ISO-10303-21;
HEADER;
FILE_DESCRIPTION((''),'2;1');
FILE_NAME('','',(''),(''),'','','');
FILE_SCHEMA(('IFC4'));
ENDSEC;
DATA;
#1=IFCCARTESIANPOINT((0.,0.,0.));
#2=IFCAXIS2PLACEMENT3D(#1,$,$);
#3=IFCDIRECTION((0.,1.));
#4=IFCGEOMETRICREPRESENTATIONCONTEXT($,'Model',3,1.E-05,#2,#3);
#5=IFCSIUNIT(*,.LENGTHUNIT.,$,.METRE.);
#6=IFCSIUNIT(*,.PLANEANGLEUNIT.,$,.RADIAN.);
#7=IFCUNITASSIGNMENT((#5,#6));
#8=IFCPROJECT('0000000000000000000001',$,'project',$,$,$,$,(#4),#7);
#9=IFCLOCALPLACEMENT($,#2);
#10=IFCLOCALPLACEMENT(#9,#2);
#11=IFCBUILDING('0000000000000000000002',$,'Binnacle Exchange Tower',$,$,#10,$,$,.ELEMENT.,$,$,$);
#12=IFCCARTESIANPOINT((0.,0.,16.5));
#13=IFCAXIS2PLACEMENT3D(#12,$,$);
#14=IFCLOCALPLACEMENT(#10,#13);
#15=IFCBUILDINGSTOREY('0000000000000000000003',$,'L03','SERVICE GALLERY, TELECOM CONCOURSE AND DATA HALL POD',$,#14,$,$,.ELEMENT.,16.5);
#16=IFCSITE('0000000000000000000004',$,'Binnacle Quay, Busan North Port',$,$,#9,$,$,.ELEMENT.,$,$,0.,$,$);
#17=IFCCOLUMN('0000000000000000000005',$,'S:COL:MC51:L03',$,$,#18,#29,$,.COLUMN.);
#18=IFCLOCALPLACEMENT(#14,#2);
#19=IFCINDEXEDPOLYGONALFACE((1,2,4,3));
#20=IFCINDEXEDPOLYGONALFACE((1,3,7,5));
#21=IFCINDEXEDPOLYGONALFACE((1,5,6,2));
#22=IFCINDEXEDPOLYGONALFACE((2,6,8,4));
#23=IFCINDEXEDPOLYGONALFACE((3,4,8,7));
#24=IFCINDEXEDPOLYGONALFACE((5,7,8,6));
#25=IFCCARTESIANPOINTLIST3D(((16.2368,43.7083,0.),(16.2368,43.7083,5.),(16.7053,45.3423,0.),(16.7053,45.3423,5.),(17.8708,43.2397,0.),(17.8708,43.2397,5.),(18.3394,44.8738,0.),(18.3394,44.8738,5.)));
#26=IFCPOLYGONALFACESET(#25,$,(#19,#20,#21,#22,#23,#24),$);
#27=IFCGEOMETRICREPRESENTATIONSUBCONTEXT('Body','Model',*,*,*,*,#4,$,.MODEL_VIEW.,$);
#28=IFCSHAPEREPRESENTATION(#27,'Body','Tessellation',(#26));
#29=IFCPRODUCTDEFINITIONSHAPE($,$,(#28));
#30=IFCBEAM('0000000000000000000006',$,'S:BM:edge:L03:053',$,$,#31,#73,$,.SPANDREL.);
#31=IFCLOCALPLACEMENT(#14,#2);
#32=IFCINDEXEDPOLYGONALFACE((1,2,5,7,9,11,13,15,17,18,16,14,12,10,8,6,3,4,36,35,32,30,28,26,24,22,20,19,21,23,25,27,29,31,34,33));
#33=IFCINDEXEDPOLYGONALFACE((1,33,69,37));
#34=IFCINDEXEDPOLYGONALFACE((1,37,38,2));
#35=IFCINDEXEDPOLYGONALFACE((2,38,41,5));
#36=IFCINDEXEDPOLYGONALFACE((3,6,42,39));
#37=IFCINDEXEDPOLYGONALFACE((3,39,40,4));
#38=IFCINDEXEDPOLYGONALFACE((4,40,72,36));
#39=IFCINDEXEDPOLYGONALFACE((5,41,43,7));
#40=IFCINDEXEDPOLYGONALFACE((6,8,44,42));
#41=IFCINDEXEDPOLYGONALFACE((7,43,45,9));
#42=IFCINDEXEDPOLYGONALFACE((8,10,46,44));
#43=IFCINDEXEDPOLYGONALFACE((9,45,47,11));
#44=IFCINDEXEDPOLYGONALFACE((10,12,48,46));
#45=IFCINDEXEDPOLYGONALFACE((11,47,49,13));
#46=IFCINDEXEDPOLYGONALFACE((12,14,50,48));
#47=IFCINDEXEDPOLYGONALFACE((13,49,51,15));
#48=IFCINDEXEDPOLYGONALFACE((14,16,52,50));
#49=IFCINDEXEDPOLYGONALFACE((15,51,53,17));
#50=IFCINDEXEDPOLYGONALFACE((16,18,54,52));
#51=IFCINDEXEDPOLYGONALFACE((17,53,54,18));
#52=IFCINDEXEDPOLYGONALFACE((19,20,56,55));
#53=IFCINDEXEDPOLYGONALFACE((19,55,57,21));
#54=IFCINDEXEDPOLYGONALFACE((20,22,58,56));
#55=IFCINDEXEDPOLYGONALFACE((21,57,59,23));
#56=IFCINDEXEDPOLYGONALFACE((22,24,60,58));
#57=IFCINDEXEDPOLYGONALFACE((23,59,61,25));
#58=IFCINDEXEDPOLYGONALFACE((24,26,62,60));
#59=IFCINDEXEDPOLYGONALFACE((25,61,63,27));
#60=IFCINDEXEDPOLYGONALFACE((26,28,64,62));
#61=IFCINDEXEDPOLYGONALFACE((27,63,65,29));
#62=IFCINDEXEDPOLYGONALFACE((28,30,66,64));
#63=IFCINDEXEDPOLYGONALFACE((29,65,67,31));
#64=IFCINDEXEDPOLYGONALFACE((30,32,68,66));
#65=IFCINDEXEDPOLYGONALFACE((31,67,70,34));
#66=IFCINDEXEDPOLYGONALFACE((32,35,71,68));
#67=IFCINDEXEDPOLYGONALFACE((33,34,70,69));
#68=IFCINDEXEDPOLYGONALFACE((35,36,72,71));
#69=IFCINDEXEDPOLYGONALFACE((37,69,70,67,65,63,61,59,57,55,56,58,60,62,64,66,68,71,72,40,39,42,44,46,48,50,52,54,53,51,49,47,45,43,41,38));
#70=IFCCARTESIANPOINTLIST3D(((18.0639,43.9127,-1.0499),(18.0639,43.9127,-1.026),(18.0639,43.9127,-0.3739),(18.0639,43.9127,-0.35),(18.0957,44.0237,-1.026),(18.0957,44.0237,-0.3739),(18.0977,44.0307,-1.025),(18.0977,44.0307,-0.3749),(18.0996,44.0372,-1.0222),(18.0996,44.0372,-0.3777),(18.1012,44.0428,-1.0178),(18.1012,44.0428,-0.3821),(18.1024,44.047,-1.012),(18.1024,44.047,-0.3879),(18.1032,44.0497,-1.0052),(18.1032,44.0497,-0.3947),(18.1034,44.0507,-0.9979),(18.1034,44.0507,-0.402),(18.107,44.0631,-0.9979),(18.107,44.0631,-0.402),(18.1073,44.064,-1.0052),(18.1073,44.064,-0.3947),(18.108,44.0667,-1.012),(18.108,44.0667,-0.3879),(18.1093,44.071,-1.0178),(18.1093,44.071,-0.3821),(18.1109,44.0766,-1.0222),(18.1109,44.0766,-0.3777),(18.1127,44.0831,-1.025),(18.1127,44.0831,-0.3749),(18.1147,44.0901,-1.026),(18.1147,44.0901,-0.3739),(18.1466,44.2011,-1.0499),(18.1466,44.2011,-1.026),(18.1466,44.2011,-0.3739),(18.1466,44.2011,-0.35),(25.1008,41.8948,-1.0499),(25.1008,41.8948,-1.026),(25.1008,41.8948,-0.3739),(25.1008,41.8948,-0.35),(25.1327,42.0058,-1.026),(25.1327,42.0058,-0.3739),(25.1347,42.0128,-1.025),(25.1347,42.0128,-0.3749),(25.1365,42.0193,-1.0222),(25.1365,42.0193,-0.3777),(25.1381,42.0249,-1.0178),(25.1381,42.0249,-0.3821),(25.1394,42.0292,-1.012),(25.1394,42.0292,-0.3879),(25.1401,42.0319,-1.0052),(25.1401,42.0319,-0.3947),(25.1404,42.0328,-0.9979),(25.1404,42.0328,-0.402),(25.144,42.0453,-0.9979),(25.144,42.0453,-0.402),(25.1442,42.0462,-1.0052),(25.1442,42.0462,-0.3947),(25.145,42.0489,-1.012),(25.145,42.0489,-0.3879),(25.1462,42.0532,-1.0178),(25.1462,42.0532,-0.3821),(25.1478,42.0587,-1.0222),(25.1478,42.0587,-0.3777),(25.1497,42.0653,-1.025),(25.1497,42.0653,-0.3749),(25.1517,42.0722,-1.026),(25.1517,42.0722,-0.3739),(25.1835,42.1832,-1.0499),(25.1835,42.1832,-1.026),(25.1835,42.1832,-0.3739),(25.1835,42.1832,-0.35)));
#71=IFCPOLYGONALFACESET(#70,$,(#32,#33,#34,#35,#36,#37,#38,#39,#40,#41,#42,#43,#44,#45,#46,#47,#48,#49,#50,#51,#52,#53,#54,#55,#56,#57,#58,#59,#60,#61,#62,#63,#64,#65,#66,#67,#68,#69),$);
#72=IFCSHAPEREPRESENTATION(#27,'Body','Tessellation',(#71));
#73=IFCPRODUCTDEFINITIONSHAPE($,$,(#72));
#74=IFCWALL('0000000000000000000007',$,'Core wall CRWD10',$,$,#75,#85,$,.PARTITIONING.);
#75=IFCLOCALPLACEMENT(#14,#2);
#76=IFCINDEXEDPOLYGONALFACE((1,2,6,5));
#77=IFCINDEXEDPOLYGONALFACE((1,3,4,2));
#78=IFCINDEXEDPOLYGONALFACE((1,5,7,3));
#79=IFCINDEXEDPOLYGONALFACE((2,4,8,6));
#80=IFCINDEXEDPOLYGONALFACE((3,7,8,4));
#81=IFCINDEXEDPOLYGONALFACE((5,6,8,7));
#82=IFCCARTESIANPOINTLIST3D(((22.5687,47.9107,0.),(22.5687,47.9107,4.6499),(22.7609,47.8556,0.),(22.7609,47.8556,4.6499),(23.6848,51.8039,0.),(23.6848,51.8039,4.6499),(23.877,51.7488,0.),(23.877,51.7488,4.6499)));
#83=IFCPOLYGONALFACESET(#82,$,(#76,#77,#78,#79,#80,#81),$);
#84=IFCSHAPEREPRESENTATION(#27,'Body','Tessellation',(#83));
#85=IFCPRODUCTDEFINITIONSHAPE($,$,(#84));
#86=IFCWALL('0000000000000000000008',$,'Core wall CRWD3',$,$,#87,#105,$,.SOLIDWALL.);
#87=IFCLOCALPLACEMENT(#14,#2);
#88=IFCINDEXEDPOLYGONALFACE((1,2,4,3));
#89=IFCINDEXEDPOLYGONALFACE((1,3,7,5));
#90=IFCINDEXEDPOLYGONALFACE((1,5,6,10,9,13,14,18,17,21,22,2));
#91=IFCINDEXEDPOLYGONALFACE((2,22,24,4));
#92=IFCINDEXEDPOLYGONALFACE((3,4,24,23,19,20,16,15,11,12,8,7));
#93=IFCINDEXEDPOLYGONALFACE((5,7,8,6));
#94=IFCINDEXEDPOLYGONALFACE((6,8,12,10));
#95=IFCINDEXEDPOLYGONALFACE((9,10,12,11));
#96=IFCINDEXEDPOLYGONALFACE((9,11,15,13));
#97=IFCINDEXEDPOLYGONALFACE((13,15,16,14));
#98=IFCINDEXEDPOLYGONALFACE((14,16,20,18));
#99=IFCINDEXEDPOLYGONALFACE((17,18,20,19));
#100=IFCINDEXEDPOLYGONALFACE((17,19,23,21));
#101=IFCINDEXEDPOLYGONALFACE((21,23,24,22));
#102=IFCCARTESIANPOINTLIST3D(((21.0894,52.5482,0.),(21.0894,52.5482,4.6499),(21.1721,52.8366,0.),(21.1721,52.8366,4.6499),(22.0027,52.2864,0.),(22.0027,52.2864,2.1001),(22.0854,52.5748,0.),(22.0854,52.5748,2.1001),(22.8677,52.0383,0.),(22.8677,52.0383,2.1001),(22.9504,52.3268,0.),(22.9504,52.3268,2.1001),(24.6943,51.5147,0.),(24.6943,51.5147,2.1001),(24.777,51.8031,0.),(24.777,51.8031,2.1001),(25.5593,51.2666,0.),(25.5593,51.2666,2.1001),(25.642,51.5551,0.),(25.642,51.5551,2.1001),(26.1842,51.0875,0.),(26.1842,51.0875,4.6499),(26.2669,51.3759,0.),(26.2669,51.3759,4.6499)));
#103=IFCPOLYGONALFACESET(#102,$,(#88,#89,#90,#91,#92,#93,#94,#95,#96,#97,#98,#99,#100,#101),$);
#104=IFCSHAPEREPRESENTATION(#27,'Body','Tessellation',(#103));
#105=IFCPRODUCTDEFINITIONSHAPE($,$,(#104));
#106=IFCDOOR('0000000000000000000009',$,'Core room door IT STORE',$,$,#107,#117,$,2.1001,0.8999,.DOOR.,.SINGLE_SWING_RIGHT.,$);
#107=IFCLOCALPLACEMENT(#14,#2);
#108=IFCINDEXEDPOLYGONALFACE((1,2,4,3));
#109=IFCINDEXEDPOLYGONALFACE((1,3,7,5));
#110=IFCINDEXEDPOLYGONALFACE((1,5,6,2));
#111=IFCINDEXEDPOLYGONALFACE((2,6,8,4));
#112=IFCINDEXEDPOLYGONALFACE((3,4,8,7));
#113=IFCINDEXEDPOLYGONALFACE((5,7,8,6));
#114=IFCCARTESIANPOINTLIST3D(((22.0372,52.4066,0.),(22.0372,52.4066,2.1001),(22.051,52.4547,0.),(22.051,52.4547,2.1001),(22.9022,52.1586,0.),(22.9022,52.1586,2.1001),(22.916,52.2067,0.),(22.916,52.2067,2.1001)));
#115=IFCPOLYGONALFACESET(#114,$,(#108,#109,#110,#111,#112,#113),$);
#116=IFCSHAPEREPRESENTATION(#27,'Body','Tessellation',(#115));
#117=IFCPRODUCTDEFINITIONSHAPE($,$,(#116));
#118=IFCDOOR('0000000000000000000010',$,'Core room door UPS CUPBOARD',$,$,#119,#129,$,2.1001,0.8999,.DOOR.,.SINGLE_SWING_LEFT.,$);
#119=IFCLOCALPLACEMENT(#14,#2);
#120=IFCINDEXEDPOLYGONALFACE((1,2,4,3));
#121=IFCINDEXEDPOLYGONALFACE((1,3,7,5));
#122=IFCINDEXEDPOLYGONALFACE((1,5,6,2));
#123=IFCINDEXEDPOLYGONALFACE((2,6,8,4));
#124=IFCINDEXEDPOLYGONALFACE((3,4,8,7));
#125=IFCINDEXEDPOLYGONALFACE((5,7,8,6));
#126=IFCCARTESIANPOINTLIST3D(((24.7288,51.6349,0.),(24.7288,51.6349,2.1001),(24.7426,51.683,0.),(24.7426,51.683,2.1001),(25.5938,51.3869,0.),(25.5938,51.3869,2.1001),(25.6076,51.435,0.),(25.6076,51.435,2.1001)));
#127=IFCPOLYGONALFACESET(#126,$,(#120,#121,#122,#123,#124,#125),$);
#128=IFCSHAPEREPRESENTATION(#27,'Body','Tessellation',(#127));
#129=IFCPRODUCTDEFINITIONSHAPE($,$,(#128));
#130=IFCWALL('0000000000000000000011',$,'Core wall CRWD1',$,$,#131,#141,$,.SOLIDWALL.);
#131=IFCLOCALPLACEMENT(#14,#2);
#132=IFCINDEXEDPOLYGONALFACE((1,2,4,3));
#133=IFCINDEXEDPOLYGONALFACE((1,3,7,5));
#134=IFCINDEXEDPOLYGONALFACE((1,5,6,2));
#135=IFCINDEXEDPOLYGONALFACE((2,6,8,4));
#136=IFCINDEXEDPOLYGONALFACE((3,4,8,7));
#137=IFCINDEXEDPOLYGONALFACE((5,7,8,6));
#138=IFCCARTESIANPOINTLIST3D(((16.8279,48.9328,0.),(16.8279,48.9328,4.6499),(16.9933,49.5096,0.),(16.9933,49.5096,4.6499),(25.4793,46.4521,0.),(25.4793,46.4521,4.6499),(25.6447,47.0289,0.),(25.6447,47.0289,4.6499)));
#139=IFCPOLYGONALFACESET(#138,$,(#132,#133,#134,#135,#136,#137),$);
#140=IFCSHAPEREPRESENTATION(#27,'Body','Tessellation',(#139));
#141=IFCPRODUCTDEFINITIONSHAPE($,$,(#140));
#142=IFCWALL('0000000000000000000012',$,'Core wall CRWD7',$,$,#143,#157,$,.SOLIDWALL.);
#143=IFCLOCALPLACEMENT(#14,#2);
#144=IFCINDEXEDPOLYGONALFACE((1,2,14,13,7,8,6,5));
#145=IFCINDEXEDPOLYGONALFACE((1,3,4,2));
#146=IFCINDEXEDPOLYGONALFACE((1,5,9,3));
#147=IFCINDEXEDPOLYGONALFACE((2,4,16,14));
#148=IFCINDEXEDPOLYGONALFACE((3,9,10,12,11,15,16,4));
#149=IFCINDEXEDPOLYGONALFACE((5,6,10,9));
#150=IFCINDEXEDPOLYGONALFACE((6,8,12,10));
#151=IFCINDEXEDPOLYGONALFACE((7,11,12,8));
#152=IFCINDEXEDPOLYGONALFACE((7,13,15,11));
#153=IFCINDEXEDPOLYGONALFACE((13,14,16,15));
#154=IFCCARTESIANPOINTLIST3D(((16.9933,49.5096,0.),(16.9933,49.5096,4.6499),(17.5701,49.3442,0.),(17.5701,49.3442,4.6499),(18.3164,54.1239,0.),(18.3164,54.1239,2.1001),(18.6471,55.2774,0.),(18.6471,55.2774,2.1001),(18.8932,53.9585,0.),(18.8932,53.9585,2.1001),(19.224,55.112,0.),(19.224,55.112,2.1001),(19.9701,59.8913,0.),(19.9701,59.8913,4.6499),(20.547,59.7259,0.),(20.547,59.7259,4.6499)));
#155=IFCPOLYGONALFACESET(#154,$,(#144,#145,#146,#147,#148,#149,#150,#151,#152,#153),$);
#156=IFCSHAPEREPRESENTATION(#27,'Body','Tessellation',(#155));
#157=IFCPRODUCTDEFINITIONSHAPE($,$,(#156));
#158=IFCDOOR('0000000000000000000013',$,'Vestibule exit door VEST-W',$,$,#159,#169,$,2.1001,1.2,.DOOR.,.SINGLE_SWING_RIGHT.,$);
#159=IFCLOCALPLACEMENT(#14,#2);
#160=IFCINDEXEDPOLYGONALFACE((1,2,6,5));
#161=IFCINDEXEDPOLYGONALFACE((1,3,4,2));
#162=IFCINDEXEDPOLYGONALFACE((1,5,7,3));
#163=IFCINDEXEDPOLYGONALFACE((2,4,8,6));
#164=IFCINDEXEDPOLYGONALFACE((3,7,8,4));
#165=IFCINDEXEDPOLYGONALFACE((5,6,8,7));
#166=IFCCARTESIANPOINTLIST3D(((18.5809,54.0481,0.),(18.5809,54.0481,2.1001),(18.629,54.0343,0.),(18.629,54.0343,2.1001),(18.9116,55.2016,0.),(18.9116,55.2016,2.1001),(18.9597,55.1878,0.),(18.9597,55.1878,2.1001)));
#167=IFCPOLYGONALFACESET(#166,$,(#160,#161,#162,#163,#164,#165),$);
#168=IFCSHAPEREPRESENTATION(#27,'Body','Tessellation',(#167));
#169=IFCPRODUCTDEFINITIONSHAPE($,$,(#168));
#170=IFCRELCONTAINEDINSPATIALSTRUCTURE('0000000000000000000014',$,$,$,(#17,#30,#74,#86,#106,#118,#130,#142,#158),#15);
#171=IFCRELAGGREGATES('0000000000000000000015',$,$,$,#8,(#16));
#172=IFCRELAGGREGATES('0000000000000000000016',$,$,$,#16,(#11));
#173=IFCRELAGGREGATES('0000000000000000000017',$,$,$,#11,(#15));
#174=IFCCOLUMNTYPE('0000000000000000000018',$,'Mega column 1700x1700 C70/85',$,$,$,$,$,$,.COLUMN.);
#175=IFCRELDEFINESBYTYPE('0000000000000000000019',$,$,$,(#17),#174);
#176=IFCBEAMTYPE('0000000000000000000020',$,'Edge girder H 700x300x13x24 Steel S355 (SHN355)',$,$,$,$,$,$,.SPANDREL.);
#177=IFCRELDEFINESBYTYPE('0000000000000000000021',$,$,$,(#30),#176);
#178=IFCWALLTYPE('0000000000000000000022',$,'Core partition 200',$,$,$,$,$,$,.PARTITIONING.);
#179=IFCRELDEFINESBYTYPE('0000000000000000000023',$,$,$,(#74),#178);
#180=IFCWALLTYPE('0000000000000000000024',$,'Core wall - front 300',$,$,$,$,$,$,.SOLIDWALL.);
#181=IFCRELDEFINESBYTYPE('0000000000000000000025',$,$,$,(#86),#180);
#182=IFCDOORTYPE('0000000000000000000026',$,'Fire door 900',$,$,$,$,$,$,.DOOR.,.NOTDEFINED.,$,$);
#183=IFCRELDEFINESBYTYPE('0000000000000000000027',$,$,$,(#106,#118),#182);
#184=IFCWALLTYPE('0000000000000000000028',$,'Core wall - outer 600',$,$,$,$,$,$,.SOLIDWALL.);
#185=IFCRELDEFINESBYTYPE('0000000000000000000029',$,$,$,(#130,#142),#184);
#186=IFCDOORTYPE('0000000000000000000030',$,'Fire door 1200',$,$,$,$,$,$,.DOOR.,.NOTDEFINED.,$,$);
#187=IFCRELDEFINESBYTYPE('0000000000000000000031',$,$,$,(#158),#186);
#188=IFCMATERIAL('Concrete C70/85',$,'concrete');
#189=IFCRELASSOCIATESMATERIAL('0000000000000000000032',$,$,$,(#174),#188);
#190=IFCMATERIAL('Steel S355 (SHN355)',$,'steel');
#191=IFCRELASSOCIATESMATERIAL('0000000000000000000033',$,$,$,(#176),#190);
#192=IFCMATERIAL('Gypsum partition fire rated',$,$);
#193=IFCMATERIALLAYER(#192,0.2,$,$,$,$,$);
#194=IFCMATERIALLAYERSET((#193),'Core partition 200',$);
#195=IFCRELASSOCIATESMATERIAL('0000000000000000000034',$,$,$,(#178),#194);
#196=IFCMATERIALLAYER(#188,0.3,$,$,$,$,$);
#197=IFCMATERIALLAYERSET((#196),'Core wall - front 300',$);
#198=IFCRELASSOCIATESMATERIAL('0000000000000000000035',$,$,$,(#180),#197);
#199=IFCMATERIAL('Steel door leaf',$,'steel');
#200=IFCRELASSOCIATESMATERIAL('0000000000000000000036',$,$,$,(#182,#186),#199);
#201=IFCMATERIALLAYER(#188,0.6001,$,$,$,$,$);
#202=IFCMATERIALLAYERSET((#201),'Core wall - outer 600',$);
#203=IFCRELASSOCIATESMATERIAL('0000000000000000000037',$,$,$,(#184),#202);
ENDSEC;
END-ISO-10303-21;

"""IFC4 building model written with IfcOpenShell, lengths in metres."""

from ifc_helpers import new_model, si_unit, direction, frame, frame_2d, origin, origin_2d, place, context, subcontext, project, spatial, rectangle, i_section, extrude, material, layer, layer_set, material_profile, profile_set, type_object, element, fill, save


model = new_model("IFC4")

# Units and contexts
model_context = context("Model", 3, precision=1e-05, world=origin(), true_north=direction((0.0, 1.0)))
body_context = subcontext(model_context, "Body", "Model", "MODEL_VIEW")
ifc_project = project(units=[si_unit("LENGTHUNIT", "METRE"), si_unit("PLANEANGLEUNIT", "RADIAN")], contexts=[model_context])

# Site, building, storey
site_placement = place(None, origin())
site = spatial("IfcSite", under=ifc_project, at=site_placement, Name="Binnacle Quay, Busan North Port", CompositionType="ELEMENT", RefElevation=0.0)
building_placement = place(site_placement, origin())
building = spatial("IfcBuilding", under=site, at=building_placement, Name="Binnacle Exchange Tower", CompositionType="ELEMENT")
storey_placement = place(building_placement, frame((0.0, 0.0, 16.5)))
storey = spatial("IfcBuildingStorey", under=building, at=storey_placement, Name="L03", Description="SERVICE GALLERY, TELECOM CONCOURSE AND DATA HALL POD", CompositionType="ELEMENT", Elevation=16.5)

# Column
ifc_material_1 = material(Name="Concrete C70/85", Category="concrete")
ifc_material_profile_1 = material_profile(ifc_material_1, rectangle(XDim=1.7, YDim=1.7, at=origin_2d()), Name="Mega column 1700x1700 C70/85")
ifc_profile_set_1 = profile_set([ifc_material_profile_1], Name="Concrete C70/85")
column_type = type_object("IfcColumnType", Name="Mega column 1700x1700 C70/85", PredefinedType="COLUMN", material=ifc_profile_set_1)
column_placement = place(storey_placement, frame((17.2881, 44.291, 0.0), z_axis=(0.0, 0.0, 1.0), x_axis=(0.961262, -0.275637, 0.0)))
element("IfcColumn", 1, at=column_placement, inside=storey, type_object=column_type, Name="S:COL:MC51:L03", PredefinedType="COLUMN", context=body_context, shape_type="SweptSolid", body=[
    extrude(rectangle(XDim=1.7, YDim=1.7, at=origin_2d()), origin(), (0.0, 0.0, 1.0), 5.0),
])

# Beam
ifc_material_2 = material(Name="Steel S355 (SHN355)", Category="steel")
ifc_material_profile_2 = material_profile(ifc_material_2, i_section(OverallWidth=0.3, OverallDepth=0.7, WebThickness=0.0129, FlangeThickness=0.0239, FilletRadius=0.0281, at=origin_2d()), Name="H 700x300x13x24")
ifc_profile_set_2 = profile_set([ifc_material_profile_2], Name="Steel S355 (SHN355)")
beam_type = type_object("IfcBeamType", Name="Edge girder H 700x300x13x24 Steel S355 (SHN355)", PredefinedType="SPANDREL", material=ifc_profile_set_2)
beam_placement = place(storey_placement, frame((18.1052, 44.0569, -0.7), z_axis=(0.96126, -0.275642, 0.0), x_axis=(0.275642, 0.96126, 0.0)))
element("IfcBeam", 2, at=beam_placement, inside=storey, type_object=beam_type, Name="S:BM:edge:L03:053", PredefinedType="SPANDREL", context=body_context, shape_type="SweptSolid", body=[
    extrude(i_section(OverallWidth=0.3, OverallDepth=0.7, WebThickness=0.0129, FlangeThickness=0.0239, FilletRadius=0.0281, at=origin_2d()), origin(), (0.0, 0.0, 1.0), 7.3206),
])

# Wall
ifc_material_3 = material(Name="Gypsum partition fire rated")
ifc_layer_1 = layer(ifc_material_3, 0.2)
ifc_layer_set_1 = layer_set([ifc_layer_1], Name="Core partition 200")
wall_type_1 = type_object("IfcWallType", Name="Core partition 200", PredefinedType="PARTITIONING", material=ifc_layer_set_1)
wall_1_placement = place(storey_placement, frame((22.6648, 47.8833, 0.0), z_axis=(0.0, 0.0, 1.0), x_axis=(0.275597, 0.961273, 0.0)))
element("IfcWall", 3, at=wall_1_placement, inside=storey, type_object=wall_type_1, Name="Core wall CRWD10", PredefinedType="PARTITIONING", context=body_context, shape_type="SweptSolid", body=[
    extrude(rectangle(XDim=4.05, YDim=0.2, at=frame_2d((2.0249, 0.0))), origin(), (0.0, 0.0, 1.0), 4.6499),
])

# Wall, openings, doors
ifc_layer_2 = layer(ifc_material_1, 0.3)
ifc_layer_set_2 = layer_set([ifc_layer_2], Name="Core wall - front 300")
wall_type_2 = type_object("IfcWallType", Name="Core wall - front 300", PredefinedType="SOLIDWALL", material=ifc_layer_set_2)
wall_2_placement = place(storey_placement, frame((21.1309, 52.6924, 0.0), z_axis=(0.0, 0.0, 1.0), x_axis=(0.961271, -0.275603, 0.0)))
wall_2 = element("IfcWall", 4, at=wall_2_placement, inside=storey, type_object=wall_type_2, Name="Core wall CRWD3", PredefinedType="SOLIDWALL", context=body_context, shape_type="SweptSolid", body=[
    extrude(rectangle(XDim=5.3, YDim=0.3, at=frame_2d((2.6499, 0.0))), origin(), (0.0, 0.0, 1.0), 4.6499),
])
opening_1_placement = place(wall_2_placement, frame((0.95, 0.0, 0.0)))
opening_1 = element("IfcOpeningElement", 5, at=opening_1_placement, cuts=wall_2, PredefinedType="OPENING", context=body_context, shape_type="SweptSolid", body=[
    extrude(rectangle(XDim=0.8999, YDim=2.1001, at=frame_2d((0.45, 1.05))), frame((0.0, 0.1599, 0.0), z_axis=(0.0, -1.0, 0.0), x_axis=(1.0, 0.0, 0.0)), (0.0, 0.0, 1.0), 0.3201),
])
opening_2_placement = place(wall_2_placement, frame((3.75, 0.0, 0.0)))
opening_2 = element("IfcOpeningElement", 6, at=opening_2_placement, cuts=wall_2, PredefinedType="OPENING", context=body_context, shape_type="SweptSolid", body=[
    extrude(rectangle(XDim=0.8999, YDim=2.1001, at=frame_2d((0.45, 1.05))), frame((0.0, 0.1599, 0.0), z_axis=(0.0, -1.0, 0.0), x_axis=(1.0, 0.0, 0.0)), (0.0, 0.0, 1.0), 0.3201),
])
ifc_material_4 = material(Name="Steel door leaf", Category="steel")
door_type_1 = type_object("IfcDoorType", Name="Fire door 900", OperationType="NOTDEFINED", PredefinedType="DOOR", material=ifc_material_4)
door_1_placement = place(opening_1_placement, frame((0.8999, 0.0, 0.0), z_axis=(0.0, 0.0, 1.0), x_axis=(-1.0, 0.0, 0.0)))
door_1 = element("IfcDoor", 7, at=door_1_placement, inside=storey, type_object=door_type_1, Name="Core room door IT STORE", OperationType="SINGLE_SWING_RIGHT", OverallHeight=2.1001, OverallWidth=0.8999, PredefinedType="DOOR", context=body_context, shape_type="SweptSolid", body=[
    extrude(rectangle(XDim=0.8999, YDim=2.1001, at=frame_2d((0.45, 1.05))), frame((0.0, 0.0249, 0.0), z_axis=(0.0, -1.0, 0.0), x_axis=(1.0, 0.0, 0.0)), (0.0, 0.0, 1.0), 0.05),
])
fill(opening_1, door_1)
door_2_placement = place(opening_2_placement, frame((0.8999, 0.0, 0.0), z_axis=(0.0, 0.0, 1.0), x_axis=(-1.0, 0.0, 0.0)))
door_2 = element("IfcDoor", 8, at=door_2_placement, inside=storey, type_object=door_type_1, Name="Core room door UPS CUPBOARD", OperationType="SINGLE_SWING_LEFT", OverallHeight=2.1001, OverallWidth=0.8999, PredefinedType="DOOR", context=body_context, shape_type="SweptSolid", body=[
    extrude(rectangle(XDim=0.8999, YDim=2.1001, at=frame_2d((0.45, 1.05))), frame((0.0, 0.0249, 0.0), z_axis=(0.0, -1.0, 0.0), x_axis=(1.0, 0.0, 0.0)), (0.0, 0.0, 1.0), 0.05),
])
fill(opening_2, door_2)

# Wall
ifc_layer_3 = layer(ifc_material_1, 0.6001)
ifc_layer_set_3 = layer_set([ifc_layer_3], Name="Core wall - outer 600")
wall_type_3 = type_object("IfcWallType", Name="Core wall - outer 600", PredefinedType="SOLIDWALL", material=ifc_layer_set_3)
wall_3_placement = place(storey_placement, frame((16.9106, 49.2212, 0.0), z_axis=(0.0, 0.0, 1.0), x_axis=(0.961262, -0.275635, 0.0)))
element("IfcWall", 9, at=wall_3_placement, inside=storey, type_object=wall_type_3, Name="Core wall CRWD1", PredefinedType="SOLIDWALL", context=body_context, shape_type="SweptSolid", body=[
    extrude(rectangle(XDim=9.0, YDim=0.6001, at=frame_2d((4.5, 0.0))), origin(), (0.0, 0.0, 1.0), 4.6499),
])

# Wall, opening, door
wall_4_placement = place(storey_placement, frame((17.2817, 49.427, 0.0), z_axis=(0.0, 0.0, 1.0), x_axis=(0.275632, 0.961263, 0.0)))
wall_4 = element("IfcWall", 10, at=wall_4_placement, inside=storey, type_object=wall_type_3, Name="Core wall CRWD7", PredefinedType="SOLIDWALL", context=body_context, shape_type="SweptSolid", body=[
    extrude(rectangle(XDim=10.8, YDim=0.6001, at=frame_2d((5.3999, 0.0))), origin(), (0.0, 0.0, 1.0), 4.6499),
])
opening_3_placement = place(wall_4_placement, frame((4.8, 0.0, 0.0)))
opening_3 = element("IfcOpeningElement", 11, at=opening_3_placement, cuts=wall_4, PredefinedType="OPENING", context=body_context, shape_type="SweptSolid", body=[
    extrude(rectangle(XDim=1.2, YDim=2.1001, at=frame_2d((0.6001, 1.05))), frame((0.0, 0.3101, 0.0), z_axis=(0.0, -1.0, 0.0), x_axis=(1.0, 0.0, 0.0)), (0.0, 0.0, 1.0), 0.6201),
])
door_type_2 = type_object("IfcDoorType", Name="Fire door 1200", OperationType="NOTDEFINED", PredefinedType="DOOR", material=ifc_material_4)
door_3_placement = place(opening_3_placement, origin())
door_3 = element("IfcDoor", 12, at=door_3_placement, inside=storey, type_object=door_type_2, Name="Vestibule exit door VEST-W", OperationType="SINGLE_SWING_RIGHT", OverallHeight=2.1001, OverallWidth=1.2, PredefinedType="DOOR", context=body_context, shape_type="SweptSolid", body=[
    extrude(rectangle(XDim=1.2, YDim=2.1001, at=frame_2d((0.6001, 1.05))), frame((0.0, 0.0249, 0.0), z_axis=(0.0, -1.0, 0.0), x_axis=(1.0, 0.0, 0.0)), (0.0, 0.0, 1.0), 0.05),
])
fill(opening_3, door_3)

save(model, "model.ifc")
